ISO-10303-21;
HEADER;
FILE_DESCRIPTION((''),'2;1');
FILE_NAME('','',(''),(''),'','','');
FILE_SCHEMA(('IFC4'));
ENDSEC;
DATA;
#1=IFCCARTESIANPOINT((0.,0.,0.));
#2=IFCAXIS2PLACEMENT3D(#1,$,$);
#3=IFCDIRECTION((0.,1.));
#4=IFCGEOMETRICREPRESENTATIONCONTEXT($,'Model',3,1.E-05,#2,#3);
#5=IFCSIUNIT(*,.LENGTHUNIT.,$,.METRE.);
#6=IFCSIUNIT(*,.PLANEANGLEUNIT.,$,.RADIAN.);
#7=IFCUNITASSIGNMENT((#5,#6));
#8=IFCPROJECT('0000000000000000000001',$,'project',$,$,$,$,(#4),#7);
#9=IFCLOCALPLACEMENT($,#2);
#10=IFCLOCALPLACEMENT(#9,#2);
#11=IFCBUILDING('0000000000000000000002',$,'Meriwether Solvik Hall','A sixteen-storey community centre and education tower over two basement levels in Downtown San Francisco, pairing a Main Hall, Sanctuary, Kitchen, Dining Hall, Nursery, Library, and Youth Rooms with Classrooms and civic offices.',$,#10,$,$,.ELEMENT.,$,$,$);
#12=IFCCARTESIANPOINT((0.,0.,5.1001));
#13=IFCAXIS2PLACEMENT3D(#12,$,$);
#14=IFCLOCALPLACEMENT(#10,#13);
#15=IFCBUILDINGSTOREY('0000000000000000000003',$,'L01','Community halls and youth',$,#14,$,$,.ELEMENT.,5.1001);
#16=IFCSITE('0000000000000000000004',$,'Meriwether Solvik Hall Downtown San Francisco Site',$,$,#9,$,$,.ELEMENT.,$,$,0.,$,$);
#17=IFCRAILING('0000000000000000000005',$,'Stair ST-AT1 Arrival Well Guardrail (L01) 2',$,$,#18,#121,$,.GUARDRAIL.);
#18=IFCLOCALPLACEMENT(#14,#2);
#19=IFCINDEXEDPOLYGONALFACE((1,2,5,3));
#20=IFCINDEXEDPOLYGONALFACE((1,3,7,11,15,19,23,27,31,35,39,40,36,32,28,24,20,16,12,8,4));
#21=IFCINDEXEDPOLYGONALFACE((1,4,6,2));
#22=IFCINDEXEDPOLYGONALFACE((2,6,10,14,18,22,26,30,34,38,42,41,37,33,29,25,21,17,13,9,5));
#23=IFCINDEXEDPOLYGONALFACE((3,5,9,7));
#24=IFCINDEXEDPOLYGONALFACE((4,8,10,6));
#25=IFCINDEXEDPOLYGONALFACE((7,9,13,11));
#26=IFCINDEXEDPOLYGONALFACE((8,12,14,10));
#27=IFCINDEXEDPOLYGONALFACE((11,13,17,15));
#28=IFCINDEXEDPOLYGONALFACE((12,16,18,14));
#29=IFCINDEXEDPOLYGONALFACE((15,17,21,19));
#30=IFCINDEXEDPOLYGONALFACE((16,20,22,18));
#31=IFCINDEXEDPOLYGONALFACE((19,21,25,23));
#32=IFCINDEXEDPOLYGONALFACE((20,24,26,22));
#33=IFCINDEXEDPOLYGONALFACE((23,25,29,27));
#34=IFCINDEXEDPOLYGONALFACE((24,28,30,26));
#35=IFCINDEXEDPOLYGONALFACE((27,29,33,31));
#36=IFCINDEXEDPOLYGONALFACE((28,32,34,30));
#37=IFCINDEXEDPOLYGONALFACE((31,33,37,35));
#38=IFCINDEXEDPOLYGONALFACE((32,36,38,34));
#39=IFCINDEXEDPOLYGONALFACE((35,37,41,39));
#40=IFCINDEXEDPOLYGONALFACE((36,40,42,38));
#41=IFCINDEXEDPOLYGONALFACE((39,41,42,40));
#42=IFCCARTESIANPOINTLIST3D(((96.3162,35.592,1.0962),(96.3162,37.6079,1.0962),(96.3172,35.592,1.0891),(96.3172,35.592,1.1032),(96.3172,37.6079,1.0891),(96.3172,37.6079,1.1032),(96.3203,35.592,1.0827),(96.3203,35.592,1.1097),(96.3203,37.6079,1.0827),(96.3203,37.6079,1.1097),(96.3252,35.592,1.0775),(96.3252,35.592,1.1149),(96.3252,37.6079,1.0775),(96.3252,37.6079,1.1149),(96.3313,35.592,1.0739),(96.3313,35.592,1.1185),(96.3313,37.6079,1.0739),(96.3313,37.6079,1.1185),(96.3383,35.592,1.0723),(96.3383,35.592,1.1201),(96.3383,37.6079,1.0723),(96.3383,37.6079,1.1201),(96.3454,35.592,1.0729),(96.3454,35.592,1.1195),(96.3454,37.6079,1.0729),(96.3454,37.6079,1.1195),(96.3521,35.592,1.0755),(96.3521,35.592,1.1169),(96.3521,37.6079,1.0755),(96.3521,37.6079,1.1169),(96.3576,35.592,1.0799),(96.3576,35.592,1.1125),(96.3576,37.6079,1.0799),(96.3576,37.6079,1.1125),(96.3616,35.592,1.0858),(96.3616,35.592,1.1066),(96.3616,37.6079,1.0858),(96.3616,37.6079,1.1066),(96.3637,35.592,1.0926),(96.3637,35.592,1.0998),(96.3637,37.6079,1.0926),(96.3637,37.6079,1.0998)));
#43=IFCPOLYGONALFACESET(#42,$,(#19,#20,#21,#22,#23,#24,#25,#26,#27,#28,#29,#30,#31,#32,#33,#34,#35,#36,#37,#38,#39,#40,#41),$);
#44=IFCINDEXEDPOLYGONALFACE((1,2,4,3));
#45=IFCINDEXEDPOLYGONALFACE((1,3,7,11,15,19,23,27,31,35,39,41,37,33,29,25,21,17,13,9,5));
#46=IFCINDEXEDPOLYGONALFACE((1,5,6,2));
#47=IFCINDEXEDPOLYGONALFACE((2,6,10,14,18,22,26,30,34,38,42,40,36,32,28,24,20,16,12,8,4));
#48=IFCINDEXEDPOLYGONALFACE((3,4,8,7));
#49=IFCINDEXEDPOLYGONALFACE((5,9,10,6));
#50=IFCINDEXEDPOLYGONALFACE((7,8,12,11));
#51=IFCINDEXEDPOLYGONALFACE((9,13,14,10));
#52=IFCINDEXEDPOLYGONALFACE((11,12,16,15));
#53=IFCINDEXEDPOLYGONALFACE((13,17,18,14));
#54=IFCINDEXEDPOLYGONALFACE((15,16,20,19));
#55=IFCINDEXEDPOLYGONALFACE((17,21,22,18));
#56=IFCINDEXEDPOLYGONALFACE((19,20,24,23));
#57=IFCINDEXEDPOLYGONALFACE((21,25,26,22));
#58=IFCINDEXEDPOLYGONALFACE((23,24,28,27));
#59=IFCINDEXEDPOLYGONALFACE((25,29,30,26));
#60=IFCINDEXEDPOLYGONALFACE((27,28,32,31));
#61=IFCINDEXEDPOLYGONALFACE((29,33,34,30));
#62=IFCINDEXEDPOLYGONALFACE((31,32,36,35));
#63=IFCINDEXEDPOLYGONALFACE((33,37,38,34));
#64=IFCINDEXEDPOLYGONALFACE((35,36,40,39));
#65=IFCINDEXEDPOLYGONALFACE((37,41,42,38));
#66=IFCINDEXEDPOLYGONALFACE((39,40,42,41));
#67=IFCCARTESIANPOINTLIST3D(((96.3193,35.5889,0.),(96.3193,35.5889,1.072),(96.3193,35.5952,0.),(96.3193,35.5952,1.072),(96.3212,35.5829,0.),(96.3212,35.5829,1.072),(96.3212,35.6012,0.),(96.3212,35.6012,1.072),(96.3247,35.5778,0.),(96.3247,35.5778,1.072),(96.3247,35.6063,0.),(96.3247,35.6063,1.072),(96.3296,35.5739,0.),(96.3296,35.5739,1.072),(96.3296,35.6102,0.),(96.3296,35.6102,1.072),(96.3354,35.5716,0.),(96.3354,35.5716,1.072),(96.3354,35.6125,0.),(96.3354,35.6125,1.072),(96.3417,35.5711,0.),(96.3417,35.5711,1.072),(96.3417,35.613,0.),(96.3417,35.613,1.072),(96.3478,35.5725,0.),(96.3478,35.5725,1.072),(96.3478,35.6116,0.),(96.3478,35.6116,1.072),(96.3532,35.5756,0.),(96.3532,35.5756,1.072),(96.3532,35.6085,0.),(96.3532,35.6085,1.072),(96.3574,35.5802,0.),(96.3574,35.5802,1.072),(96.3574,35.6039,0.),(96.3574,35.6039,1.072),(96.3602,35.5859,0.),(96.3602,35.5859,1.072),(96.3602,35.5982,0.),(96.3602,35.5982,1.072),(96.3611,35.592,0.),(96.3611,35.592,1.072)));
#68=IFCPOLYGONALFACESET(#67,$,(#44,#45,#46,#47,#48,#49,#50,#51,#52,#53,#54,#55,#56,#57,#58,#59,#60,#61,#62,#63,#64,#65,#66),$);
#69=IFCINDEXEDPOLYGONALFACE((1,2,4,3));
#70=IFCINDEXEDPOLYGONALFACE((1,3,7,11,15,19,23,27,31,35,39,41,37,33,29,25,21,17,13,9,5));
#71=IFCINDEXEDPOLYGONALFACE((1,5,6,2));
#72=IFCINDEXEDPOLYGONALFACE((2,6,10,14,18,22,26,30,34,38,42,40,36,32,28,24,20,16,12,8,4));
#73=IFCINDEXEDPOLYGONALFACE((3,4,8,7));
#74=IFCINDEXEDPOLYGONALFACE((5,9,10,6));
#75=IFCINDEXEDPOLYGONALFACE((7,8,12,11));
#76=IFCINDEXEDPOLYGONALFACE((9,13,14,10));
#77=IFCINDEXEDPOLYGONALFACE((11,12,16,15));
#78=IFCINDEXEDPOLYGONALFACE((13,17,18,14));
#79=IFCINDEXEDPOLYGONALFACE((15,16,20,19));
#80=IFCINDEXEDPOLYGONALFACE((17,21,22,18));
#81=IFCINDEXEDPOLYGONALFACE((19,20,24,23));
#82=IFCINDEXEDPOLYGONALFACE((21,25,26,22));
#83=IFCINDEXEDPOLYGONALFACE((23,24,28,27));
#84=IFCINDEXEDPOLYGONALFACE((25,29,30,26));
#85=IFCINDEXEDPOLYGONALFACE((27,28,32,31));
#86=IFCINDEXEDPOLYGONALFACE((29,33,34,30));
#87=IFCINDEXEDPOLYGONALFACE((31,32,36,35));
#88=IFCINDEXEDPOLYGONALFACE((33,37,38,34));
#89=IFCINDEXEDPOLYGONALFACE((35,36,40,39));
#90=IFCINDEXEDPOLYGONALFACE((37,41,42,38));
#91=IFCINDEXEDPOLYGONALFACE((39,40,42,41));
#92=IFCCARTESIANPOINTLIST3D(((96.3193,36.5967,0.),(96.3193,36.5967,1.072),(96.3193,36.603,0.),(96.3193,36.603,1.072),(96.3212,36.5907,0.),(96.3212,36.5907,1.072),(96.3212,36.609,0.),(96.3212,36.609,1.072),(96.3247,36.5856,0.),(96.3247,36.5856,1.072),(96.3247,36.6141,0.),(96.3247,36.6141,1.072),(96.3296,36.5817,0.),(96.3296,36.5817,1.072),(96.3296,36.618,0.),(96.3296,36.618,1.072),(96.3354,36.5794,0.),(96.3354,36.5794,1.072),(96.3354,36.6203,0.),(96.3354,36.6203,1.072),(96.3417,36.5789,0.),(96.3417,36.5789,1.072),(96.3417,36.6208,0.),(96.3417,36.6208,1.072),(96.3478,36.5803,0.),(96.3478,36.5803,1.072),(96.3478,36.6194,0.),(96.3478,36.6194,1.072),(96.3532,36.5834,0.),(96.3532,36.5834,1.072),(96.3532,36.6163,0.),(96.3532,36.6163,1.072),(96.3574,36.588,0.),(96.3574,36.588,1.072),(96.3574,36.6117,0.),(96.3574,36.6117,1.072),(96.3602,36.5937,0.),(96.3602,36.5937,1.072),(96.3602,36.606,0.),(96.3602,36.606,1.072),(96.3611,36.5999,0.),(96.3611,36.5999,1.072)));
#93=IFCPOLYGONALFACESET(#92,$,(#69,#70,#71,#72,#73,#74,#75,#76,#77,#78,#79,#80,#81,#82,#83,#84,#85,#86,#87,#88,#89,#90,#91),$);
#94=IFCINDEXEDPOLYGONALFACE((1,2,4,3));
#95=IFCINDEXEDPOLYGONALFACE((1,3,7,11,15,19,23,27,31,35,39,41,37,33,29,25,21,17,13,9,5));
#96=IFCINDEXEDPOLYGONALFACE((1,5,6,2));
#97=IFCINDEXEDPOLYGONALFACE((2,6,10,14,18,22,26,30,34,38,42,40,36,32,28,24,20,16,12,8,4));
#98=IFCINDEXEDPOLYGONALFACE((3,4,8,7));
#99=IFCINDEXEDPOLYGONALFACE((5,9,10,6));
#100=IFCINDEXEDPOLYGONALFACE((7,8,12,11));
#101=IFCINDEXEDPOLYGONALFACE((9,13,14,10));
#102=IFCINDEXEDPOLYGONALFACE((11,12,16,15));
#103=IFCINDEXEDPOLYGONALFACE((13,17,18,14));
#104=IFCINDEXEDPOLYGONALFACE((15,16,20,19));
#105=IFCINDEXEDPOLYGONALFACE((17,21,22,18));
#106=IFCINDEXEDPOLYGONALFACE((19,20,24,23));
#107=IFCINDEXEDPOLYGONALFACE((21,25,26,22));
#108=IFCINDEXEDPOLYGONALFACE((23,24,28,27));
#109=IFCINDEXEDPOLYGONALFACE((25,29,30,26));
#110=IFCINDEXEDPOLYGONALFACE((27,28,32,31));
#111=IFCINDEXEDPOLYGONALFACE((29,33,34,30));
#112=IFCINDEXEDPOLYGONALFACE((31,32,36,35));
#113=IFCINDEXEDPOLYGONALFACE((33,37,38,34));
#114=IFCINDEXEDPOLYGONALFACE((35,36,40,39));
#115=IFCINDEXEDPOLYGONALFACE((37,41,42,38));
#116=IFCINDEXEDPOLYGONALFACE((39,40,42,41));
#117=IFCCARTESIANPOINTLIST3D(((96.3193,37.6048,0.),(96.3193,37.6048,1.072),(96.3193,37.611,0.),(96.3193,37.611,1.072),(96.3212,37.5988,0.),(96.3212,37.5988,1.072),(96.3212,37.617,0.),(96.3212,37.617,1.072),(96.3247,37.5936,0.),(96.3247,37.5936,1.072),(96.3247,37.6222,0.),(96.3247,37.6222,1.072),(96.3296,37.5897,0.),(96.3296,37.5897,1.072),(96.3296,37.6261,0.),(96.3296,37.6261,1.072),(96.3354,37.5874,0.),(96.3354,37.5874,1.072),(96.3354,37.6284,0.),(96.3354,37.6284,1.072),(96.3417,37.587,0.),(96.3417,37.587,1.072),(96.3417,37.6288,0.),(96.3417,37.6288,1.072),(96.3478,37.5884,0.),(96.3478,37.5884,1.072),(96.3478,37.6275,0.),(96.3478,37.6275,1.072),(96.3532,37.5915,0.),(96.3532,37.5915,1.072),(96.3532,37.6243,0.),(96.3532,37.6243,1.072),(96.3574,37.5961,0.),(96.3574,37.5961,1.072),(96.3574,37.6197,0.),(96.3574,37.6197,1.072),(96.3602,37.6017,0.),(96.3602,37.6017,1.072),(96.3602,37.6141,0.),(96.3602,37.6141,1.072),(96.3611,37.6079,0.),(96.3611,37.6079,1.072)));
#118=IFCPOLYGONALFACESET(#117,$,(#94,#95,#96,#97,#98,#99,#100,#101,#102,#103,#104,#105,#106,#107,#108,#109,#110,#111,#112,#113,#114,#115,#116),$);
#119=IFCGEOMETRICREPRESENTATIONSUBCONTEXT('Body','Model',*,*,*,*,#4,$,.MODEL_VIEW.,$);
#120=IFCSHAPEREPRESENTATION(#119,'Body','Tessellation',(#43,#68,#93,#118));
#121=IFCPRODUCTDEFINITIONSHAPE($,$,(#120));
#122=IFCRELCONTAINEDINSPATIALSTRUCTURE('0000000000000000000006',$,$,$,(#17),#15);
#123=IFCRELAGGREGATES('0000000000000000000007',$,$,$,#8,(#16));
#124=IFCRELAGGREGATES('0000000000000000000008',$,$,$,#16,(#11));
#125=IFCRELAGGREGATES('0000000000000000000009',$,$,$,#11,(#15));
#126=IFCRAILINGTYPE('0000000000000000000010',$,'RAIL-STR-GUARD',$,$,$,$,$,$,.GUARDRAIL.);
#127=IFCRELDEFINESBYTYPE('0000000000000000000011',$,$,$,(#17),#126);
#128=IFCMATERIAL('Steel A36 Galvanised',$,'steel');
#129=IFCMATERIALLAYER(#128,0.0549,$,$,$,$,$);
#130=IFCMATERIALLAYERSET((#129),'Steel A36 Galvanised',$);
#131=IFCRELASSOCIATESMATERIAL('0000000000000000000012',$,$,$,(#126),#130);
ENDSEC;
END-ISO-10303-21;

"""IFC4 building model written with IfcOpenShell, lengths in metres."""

from ifc_helpers import new_model, si_unit, direction, frame, origin, origin_2d, place, context, subcontext, project, spatial, circle, extrude, material, layer, layer_set, type_object, element, save


model = new_model("IFC4")

# Units and contexts
model_context = context("Model", 3, precision=1e-05, world=origin(), true_north=direction((0.0, 1.0)))
body_context = subcontext(model_context, "Body", "Model", "MODEL_VIEW")
ifc_project = project(units=[si_unit("LENGTHUNIT", "METRE"), si_unit("PLANEANGLEUNIT", "RADIAN")], contexts=[model_context])

# Site, building, storey
site_placement = place(None, origin())
site = spatial("IfcSite", under=ifc_project, at=site_placement, Name="Meriwether Solvik Hall Downtown San Francisco Site", CompositionType="ELEMENT", RefElevation=0.0)
building_placement = place(site_placement, origin())
building = spatial("IfcBuilding", under=site, at=building_placement, Name="Meriwether Solvik Hall", Description="A sixteen-storey community centre and education tower over two basement levels in Downtown San Francisco, pairing a Main Hall, Sanctuary, Kitchen, Dining Hall, Nursery, Library, and Youth Rooms with Classrooms and civic offices.", CompositionType="ELEMENT")
storey_placement = place(building_placement, frame((0.0, 0.0, 5.1001)))
storey = spatial("IfcBuildingStorey", under=building, at=storey_placement, Name="L01", Description="Community halls and youth", CompositionType="ELEMENT", Elevation=5.1001)

# Railing
ifc_material_1 = material(Name="Steel A36 Galvanised", Category="steel")
ifc_layer_1 = layer(ifc_material_1, 0.0549)
ifc_layer_set_1 = layer_set([ifc_layer_1], Name="Steel A36 Galvanised")
railing_type = type_object("IfcRailingType", Name="RAIL-STR-GUARD", PredefinedType="GUARDRAIL", material=ifc_layer_set_1)
railing_1_placement = place(storey_placement, frame((96.3401, 35.592, 0.0)))
element("IfcRailing", 1, at=railing_1_placement, inside=storey, type_object=railing_type, Name="Stair ST-AT1 Arrival Well Guardrail (L01) 2", PredefinedType="GUARDRAIL", context=body_context, shape_type="SweptSolid", body=[
    extrude(circle(Radius=0.0239, at=origin_2d()), frame((0.0, 0.0, 1.0962), z_axis=(0.0, 1.0, 0.0), x_axis=(-1.0, 0.0, 0.0)), (0.0, 0.0, 1.0), 2.0159),
    extrude(circle(Radius=0.021, at=origin_2d()), origin(), (0.0, 0.0, 1.0), 1.072),
    extrude(circle(Radius=0.021, at=origin_2d()), frame((0.0, 1.0078, 0.0)), (0.0, 0.0, 1.0), 1.072),
    extrude(circle(Radius=0.021, at=origin_2d()), frame((0.0, 2.0159, 0.0)), (0.0, 0.0, 1.0), 1.072),
])

save(model, "model.ifc")
